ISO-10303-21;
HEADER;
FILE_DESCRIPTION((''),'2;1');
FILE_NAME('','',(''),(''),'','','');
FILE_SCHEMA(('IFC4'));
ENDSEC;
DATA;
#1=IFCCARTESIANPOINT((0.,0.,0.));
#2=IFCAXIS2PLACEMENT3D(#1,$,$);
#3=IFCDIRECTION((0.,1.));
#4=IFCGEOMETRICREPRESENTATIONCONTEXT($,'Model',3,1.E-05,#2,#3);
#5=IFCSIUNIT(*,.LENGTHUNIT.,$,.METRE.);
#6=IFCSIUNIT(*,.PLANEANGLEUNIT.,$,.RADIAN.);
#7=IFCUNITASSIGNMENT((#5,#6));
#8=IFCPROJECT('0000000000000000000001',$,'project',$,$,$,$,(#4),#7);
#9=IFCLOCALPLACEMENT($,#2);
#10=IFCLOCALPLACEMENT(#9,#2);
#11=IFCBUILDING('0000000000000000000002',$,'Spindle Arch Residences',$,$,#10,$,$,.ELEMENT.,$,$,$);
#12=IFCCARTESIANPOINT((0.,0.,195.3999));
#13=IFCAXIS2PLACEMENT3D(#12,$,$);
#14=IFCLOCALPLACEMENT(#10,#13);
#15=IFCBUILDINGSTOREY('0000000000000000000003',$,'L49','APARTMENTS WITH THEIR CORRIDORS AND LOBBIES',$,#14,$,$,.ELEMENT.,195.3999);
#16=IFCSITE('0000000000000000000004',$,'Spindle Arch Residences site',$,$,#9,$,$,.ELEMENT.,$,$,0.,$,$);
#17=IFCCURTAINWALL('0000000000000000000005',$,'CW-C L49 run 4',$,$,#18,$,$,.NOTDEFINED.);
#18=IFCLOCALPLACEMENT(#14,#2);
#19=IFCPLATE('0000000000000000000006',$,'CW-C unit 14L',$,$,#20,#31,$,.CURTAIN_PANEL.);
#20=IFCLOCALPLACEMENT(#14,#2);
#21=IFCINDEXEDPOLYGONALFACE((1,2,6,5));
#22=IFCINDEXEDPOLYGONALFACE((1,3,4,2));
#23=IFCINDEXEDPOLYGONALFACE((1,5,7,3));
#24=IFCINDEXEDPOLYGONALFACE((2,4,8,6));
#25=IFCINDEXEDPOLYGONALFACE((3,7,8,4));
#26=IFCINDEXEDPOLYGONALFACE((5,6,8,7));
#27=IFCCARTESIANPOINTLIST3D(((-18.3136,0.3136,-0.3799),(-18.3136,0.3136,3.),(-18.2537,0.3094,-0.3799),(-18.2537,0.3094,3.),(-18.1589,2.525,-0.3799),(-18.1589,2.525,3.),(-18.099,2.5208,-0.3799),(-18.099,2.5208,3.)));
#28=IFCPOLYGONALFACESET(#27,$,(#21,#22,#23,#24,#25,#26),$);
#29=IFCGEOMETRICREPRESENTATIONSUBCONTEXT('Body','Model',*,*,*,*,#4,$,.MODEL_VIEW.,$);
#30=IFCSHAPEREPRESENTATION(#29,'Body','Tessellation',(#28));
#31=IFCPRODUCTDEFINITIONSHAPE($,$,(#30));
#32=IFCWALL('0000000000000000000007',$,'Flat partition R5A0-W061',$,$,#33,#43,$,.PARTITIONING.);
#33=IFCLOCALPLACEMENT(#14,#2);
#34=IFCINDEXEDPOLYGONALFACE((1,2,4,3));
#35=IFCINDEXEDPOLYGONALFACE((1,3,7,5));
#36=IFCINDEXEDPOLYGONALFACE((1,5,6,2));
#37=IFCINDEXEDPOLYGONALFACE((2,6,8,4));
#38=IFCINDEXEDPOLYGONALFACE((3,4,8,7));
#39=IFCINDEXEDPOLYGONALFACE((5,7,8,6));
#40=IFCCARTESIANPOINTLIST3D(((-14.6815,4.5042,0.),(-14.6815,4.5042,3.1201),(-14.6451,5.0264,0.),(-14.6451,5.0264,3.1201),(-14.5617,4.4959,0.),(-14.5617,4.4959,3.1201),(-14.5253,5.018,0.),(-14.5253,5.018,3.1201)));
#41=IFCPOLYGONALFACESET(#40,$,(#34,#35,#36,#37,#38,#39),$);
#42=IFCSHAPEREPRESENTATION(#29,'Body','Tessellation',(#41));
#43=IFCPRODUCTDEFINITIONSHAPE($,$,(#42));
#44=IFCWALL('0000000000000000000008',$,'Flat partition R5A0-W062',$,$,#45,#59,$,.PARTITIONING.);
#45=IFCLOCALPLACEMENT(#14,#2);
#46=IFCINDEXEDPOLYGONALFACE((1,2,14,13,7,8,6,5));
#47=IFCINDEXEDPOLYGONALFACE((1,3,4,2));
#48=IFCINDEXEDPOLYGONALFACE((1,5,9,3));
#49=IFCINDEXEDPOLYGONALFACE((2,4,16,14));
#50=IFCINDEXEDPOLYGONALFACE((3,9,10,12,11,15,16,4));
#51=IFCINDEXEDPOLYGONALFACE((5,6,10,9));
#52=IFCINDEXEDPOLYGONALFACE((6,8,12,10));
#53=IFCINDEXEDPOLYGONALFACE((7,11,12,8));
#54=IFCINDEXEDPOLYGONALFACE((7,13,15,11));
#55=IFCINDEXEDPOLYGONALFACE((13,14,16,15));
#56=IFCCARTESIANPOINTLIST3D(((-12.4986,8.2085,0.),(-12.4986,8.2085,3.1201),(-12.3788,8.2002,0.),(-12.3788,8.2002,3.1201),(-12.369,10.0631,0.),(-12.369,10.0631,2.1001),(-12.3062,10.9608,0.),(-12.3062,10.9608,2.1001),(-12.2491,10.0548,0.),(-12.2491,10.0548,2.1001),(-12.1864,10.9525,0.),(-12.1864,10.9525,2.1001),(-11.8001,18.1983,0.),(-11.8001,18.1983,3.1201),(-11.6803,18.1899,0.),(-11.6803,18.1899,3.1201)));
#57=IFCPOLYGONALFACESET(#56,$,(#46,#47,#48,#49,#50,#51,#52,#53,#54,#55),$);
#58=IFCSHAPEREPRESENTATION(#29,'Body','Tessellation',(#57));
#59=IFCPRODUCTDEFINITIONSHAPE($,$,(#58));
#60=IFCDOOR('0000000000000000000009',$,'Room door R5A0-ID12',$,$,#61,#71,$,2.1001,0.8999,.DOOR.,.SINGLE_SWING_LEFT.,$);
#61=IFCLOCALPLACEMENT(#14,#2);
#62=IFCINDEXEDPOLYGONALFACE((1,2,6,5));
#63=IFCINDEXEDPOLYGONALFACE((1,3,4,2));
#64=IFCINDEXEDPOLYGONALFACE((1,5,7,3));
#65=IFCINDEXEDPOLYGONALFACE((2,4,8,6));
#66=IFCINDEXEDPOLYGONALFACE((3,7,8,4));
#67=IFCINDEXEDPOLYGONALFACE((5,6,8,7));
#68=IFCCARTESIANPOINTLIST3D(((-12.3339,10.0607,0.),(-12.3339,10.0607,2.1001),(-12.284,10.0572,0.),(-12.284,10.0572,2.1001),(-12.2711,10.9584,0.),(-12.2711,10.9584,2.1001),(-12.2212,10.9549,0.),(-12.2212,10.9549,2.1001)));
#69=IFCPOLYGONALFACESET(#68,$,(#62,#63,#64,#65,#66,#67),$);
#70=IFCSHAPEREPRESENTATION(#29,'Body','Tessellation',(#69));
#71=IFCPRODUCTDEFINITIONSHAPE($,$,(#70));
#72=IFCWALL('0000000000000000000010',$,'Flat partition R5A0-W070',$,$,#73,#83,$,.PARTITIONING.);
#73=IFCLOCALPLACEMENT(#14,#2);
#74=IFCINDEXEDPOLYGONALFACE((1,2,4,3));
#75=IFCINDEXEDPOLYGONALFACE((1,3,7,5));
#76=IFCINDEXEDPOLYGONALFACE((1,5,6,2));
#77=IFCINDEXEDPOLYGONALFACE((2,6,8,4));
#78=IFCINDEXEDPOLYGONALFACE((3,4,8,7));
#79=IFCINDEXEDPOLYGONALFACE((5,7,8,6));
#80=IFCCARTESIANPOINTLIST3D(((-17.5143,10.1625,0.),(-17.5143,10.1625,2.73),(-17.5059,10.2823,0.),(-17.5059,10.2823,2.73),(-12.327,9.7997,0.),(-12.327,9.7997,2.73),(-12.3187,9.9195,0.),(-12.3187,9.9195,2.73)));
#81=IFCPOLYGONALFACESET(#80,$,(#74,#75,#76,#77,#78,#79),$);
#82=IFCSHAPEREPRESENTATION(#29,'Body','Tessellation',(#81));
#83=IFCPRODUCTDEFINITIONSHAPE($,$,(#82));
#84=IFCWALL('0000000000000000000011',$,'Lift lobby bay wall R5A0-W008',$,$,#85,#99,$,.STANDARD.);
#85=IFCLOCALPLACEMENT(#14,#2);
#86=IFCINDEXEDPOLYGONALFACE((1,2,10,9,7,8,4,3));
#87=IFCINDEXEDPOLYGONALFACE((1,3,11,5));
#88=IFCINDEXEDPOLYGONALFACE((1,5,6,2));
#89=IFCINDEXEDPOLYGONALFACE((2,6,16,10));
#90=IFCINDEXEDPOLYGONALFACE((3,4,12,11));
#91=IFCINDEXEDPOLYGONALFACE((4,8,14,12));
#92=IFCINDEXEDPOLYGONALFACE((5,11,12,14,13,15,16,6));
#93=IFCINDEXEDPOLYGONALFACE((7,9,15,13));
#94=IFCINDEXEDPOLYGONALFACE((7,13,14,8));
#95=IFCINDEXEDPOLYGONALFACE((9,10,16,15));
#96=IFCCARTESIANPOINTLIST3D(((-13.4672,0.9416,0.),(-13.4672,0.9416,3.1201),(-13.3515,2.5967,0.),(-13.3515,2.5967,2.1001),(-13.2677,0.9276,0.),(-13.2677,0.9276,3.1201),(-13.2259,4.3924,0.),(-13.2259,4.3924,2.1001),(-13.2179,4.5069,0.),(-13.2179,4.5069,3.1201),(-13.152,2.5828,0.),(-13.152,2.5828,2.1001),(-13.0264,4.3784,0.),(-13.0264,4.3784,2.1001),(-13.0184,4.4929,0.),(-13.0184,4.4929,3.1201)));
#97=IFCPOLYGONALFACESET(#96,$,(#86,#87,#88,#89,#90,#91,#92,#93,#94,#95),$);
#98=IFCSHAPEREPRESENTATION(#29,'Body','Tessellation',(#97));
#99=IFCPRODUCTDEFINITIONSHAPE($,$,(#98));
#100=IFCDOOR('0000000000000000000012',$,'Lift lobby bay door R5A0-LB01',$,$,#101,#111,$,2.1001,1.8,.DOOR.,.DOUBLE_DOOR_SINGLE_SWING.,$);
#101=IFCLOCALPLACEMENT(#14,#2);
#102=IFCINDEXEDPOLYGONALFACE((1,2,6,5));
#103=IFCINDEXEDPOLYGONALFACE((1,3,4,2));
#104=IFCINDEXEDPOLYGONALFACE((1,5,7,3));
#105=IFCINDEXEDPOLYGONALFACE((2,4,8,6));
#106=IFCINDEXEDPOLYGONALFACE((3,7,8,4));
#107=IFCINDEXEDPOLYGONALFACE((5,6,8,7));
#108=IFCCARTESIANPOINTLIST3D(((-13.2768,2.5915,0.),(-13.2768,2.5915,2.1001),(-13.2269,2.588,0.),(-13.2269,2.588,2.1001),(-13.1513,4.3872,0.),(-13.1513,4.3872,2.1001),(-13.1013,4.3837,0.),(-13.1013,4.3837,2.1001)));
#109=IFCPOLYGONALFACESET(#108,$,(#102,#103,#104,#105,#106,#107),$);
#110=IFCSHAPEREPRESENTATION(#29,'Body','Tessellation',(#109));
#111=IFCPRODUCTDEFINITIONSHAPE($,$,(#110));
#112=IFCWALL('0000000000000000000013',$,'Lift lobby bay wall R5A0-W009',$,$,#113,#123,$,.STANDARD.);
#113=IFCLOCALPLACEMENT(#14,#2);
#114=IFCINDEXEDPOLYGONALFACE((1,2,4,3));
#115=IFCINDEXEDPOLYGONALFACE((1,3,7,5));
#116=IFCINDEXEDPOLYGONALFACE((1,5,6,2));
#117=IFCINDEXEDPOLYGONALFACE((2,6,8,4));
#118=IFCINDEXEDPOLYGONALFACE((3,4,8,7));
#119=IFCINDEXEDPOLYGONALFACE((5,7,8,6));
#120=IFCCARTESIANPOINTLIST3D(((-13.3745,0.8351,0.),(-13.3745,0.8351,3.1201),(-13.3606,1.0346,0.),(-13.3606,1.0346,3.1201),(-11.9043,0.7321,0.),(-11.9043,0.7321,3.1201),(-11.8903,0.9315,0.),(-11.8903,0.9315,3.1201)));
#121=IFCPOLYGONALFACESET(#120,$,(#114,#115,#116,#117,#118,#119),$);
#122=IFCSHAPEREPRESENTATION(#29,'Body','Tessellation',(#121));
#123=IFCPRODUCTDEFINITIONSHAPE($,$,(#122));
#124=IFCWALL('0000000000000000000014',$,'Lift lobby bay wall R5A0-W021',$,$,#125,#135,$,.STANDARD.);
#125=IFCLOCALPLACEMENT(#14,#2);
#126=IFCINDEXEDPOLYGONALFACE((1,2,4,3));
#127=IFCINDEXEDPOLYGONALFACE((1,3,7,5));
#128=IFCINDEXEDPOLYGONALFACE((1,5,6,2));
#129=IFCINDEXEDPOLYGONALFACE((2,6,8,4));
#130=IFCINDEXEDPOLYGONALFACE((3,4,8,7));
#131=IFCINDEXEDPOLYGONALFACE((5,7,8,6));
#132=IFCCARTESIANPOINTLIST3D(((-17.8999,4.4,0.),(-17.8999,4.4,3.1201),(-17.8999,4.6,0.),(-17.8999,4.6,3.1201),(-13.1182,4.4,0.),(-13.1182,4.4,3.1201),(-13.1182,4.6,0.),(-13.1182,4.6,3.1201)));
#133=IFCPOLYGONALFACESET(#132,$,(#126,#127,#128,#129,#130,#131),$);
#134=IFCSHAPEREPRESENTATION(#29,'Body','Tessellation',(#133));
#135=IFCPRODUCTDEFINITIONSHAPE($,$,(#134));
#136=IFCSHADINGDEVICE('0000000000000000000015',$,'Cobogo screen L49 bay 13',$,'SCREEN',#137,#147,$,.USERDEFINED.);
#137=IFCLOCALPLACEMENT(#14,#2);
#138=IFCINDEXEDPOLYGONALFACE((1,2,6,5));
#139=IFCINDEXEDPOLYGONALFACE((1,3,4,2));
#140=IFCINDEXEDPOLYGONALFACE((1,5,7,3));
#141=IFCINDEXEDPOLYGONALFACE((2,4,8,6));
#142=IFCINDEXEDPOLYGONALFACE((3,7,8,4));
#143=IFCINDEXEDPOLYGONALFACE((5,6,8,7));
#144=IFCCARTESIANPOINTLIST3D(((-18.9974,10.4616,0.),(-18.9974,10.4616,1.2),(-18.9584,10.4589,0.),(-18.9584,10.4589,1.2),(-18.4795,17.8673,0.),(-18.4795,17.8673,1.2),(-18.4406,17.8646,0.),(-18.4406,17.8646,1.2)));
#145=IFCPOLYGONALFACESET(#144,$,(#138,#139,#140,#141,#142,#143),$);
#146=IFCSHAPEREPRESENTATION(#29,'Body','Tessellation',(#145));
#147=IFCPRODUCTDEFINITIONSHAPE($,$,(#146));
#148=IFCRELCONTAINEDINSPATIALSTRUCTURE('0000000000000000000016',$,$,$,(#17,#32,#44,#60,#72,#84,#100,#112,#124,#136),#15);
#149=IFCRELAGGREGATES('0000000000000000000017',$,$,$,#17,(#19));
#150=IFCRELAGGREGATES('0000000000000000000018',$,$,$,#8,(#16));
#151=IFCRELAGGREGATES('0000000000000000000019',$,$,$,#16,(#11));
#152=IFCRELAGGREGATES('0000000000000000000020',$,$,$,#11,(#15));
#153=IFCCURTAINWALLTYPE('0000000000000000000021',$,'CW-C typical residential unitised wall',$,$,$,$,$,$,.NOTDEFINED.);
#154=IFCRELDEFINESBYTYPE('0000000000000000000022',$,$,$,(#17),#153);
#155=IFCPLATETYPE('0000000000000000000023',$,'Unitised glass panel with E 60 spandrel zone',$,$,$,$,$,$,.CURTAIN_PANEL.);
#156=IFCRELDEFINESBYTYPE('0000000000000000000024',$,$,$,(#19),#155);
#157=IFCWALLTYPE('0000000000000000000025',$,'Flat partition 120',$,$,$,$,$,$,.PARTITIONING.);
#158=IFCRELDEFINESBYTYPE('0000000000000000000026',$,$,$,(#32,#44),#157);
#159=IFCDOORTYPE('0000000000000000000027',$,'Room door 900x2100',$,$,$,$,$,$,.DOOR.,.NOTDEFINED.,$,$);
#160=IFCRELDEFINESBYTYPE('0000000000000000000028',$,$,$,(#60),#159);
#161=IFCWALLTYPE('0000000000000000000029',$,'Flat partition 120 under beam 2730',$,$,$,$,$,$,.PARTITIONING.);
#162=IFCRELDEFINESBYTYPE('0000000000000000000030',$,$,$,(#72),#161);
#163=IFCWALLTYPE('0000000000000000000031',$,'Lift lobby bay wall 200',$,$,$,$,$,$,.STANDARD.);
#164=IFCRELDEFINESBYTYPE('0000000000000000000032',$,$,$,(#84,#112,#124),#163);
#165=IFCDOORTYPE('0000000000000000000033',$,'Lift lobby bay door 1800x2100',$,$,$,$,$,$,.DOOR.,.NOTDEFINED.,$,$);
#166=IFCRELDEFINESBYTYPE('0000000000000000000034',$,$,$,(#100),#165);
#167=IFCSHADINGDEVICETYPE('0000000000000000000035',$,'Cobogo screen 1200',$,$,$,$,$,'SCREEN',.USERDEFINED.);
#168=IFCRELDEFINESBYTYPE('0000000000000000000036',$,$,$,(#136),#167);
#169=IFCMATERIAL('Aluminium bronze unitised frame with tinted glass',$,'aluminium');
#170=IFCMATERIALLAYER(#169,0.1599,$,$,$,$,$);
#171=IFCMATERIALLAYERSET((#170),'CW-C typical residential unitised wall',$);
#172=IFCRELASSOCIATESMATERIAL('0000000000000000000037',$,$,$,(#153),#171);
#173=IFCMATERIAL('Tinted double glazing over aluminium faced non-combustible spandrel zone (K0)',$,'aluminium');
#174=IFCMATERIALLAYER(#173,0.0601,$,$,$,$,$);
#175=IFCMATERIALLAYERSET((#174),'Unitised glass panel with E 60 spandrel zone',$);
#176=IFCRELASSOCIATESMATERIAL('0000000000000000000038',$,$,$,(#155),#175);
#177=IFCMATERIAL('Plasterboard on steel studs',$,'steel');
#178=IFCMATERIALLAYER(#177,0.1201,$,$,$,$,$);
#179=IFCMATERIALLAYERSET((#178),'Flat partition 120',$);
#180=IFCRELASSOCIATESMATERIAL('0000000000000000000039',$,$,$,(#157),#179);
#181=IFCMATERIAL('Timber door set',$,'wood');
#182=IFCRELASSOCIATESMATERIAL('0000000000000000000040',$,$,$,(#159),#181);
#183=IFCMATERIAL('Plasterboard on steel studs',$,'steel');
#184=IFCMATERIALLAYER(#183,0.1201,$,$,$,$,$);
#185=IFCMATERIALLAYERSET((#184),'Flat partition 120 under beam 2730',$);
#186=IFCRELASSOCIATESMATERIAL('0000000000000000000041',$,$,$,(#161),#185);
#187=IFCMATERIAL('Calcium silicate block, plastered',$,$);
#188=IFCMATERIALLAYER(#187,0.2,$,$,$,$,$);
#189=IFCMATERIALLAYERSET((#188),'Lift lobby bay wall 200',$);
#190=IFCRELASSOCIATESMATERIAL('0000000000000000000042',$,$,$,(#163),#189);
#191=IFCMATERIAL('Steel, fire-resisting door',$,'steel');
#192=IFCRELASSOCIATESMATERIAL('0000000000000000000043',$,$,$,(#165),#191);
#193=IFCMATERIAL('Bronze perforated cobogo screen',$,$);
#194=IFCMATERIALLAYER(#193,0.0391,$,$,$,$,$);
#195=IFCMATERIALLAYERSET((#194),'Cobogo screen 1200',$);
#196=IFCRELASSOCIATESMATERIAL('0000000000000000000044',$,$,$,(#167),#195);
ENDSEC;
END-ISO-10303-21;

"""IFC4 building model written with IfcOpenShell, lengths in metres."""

from ifc_helpers import new_model, si_unit, direction, frame, frame_2d, origin, origin_2d, place, context, subcontext, project, spatial, rectangle, extrude, material, layer, layer_set, type_object, element, fill, aggregate, save


model = new_model("IFC4")

# Units and contexts
model_context = context("Model", 3, precision=1e-05, world=origin(), true_north=direction((0.0, 1.0)))
body_context = subcontext(model_context, "Body", "Model", "MODEL_VIEW")
ifc_project = project(units=[si_unit("LENGTHUNIT", "METRE"), si_unit("PLANEANGLEUNIT", "RADIAN")], contexts=[model_context])

# Site, building, storey
site_placement = place(None, origin())
site = spatial("IfcSite", under=ifc_project, at=site_placement, Name="Spindle Arch Residences site", CompositionType="ELEMENT", RefElevation=0.0)
building_placement = place(site_placement, origin())
building = spatial("IfcBuilding", under=site, at=building_placement, Name="Spindle Arch Residences", CompositionType="ELEMENT")
storey_placement = place(building_placement, frame((0.0, 0.0, 195.3999)))
storey = spatial("IfcBuildingStorey", under=building, at=storey_placement, Name="L49", Description="APARTMENTS WITH THEIR CORRIDORS AND LOBBIES", CompositionType="ELEMENT", Elevation=195.3999)

# Curtain wall
ifc_material_1 = material(Name="Aluminium bronze unitised frame with tinted glass", Category="aluminium")
ifc_layer_1 = layer(ifc_material_1, 0.1599)
ifc_layer_set_1 = layer_set([ifc_layer_1], Name="CW-C typical residential unitised wall")
curtain_wall_type = type_object("IfcCurtainWallType", Name="CW-C typical residential unitised wall", PredefinedType="NOTDEFINED", material=ifc_layer_set_1)
curtain_wall_placement = place(storey_placement, origin())
curtain_wall = element("IfcCurtainWall", 1, at=curtain_wall_placement, inside=storey, type_object=curtain_wall_type, Name="CW-C L49 run 4", PredefinedType="NOTDEFINED")

# Plate
ifc_material_2 = material(Name="Tinted double glazing over aluminium faced non-combustible spandrel zone (K0)", Category="aluminium")
ifc_layer_2 = layer(ifc_material_2, 0.0601)
ifc_layer_set_2 = layer_set([ifc_layer_2], Name="Unitised glass panel with E 60 spandrel zone")
plate_type = type_object("IfcPlateType", Name="Unitised glass panel with E 60 spandrel zone", PredefinedType="CURTAIN_PANEL", material=ifc_layer_set_2)
plate_1_placement = place(storey_placement, frame((-18.2063, 1.4172, -0.3799), z_axis=(0.0, 0.0, 1.0), x_axis=(-0.069756, -0.997564, 0.0)))
plate_1 = element("IfcPlate", 2, at=plate_1_placement, type_object=plate_type, Name="CW-C unit 14L", PredefinedType="CURTAIN_PANEL", context=body_context, shape_type="SweptSolid", body=[
    extrude(rectangle(XDim=2.2168, YDim=0.0601, at=origin_2d()), origin(), (0.0, 0.0, 1.0), 3.3799),
])
aggregate(curtain_wall, [plate_1])

# Wall
ifc_material_3 = material(Name="Plasterboard on steel studs", Category="steel")
ifc_layer_3 = layer(ifc_material_3, 0.1201)
ifc_layer_set_3 = layer_set([ifc_layer_3], Name="Flat partition 120")
wall_type_1 = type_object("IfcWallType", Name="Flat partition 120", PredefinedType="PARTITIONING", material=ifc_layer_set_3)
wall_1_placement = place(storey_placement, frame((-14.5852, 5.0222, 0.0), z_axis=(0.0, 0.0, 1.0), x_axis=(-0.06949, -0.997583, 0.0)))
element("IfcWall", 3, at=wall_1_placement, inside=storey, type_object=wall_type_1, Name="Flat partition R5A0-W061", PredefinedType="PARTITIONING", context=body_context, shape_type="SweptSolid", body=[
    extrude(rectangle(XDim=0.5234, YDim=0.1201, at=frame_2d((0.2617, 0.0))), origin(), (0.0, 0.0, 1.0), 3.1201),
])

# Wall, opening, door
wall_2_placement = place(storey_placement, frame((-12.4387, 8.2043, 0.0), z_axis=(0.0, 0.0, 1.0), x_axis=(0.06975, 0.997565, 0.0)))
wall_2 = element("IfcWall", 4, at=wall_2_placement, inside=storey, type_object=wall_type_1, Name="Flat partition R5A0-W062", PredefinedType="PARTITIONING", context=body_context, shape_type="SweptSolid", body=[
    extrude(rectangle(XDim=10.0142, YDim=0.1201, at=frame_2d((5.0071, 0.0))), origin(), (0.0, 0.0, 1.0), 3.1201),
])
opening_1_placement = place(wall_2_placement, frame((1.8591, 0.0, 0.0)))
opening_1 = element("IfcOpeningElement", 5, at=opening_1_placement, cuts=wall_2, PredefinedType="OPENING", context=body_context, shape_type="SweptSolid", body=[
    extrude(rectangle(XDim=0.8999, YDim=2.1001, at=frame_2d((0.45, 1.05))), frame((0.0, 0.0701, 0.0), z_axis=(0.0, -1.0, 0.0), x_axis=(1.0, 0.0, 0.0)), (0.0, 0.0, 1.0), 0.1401),
])
ifc_material_4 = material(Name="Timber door set", Category="wood")
door_type_1 = type_object("IfcDoorType", Name="Room door 900x2100", OperationType="NOTDEFINED", PredefinedType="DOOR", material=ifc_material_4)
door_1_placement = place(opening_1_placement, origin())
door_1 = element("IfcDoor", 6, at=door_1_placement, inside=storey, type_object=door_type_1, Name="Room door R5A0-ID12", OperationType="SINGLE_SWING_LEFT", OverallHeight=2.1001, OverallWidth=0.8999, PredefinedType="DOOR", context=body_context, shape_type="SweptSolid", body=[
    extrude(rectangle(XDim=0.8999, YDim=2.1001, at=frame_2d((0.45, 1.05))), frame((0.0, 0.0249, 0.0), z_axis=(0.0, -1.0, 0.0), x_axis=(1.0, 0.0, 0.0)), (0.0, 0.0, 1.0), 0.05),
])
fill(opening_1, door_1)

# Wall
ifc_material_5 = material(Name="Plasterboard on steel studs", Category="steel")
ifc_layer_4 = layer(ifc_material_5, 0.1201)
ifc_layer_set_4 = layer_set([ifc_layer_4], Name="Flat partition 120 under beam 2730")
wall_type_2 = type_object("IfcWallType", Name="Flat partition 120 under beam 2730", PredefinedType="PARTITIONING", material=ifc_layer_set_4)
wall_3_placement = place(storey_placement, frame((-17.5103, 10.2224, 0.0), z_axis=(0.0, 0.0, 1.0), x_axis=(0.997563, -0.069769, 0.0)))
element("IfcWall", 7, at=wall_3_placement, inside=storey, type_object=wall_type_2, Name="Flat partition R5A0-W070", PredefinedType="PARTITIONING", context=body_context, shape_type="SweptSolid", body=[
    extrude(rectangle(XDim=5.2, YDim=0.1201, at=frame_2d((2.6001, 0.0))), origin(), (0.0, 0.0, 1.0), 2.73),
])

# Wall, opening, door
ifc_material_6 = material(Name="Calcium silicate block, plastered")
ifc_layer_5 = layer(ifc_material_6, 0.2)
ifc_layer_set_5 = layer_set([ifc_layer_5], Name="Lift lobby bay wall 200")
wall_type_3 = type_object("IfcWallType", Name="Lift lobby bay wall 200", PredefinedType="STANDARD", material=ifc_layer_set_5)
wall_4_placement = place(storey_placement, frame((-13.1182, 4.5, 0.0), z_axis=(0.0, 0.0, 1.0), x_axis=(-0.069747, -0.997565, 0.0)))
wall_4 = element("IfcWall", 8, at=wall_4_placement, inside=storey, type_object=wall_type_3, Name="Lift lobby bay wall R5A0-W008", PredefinedType="STANDARD", context=body_context, shape_type="SweptSolid", body=[
    extrude(rectangle(XDim=3.574, YDim=0.2, at=frame_2d((1.7871, 0.0))), origin(), (0.0, 0.0, 1.0), 3.1201),
])
opening_2_placement = place(wall_4_placement, frame((0.115, 0.0, 0.0)))
opening_2 = element("IfcOpeningElement", 9, at=opening_2_placement, cuts=wall_4, PredefinedType="OPENING", context=body_context, shape_type="SweptSolid", body=[
    extrude(rectangle(XDim=1.8, YDim=2.1001, at=frame_2d((0.8999, 1.05))), frame((0.0, 0.1099, 0.0), z_axis=(0.0, -1.0, 0.0), x_axis=(1.0, 0.0, 0.0)), (0.0, 0.0, 1.0), 0.22),
])
ifc_material_7 = material(Name="Steel, fire-resisting door", Category="steel")
door_type_2 = type_object("IfcDoorType", Name="Lift lobby bay door 1800x2100", OperationType="NOTDEFINED", PredefinedType="DOOR", material=ifc_material_7)
door_2_placement = place(opening_2_placement, origin())
door_2 = element("IfcDoor", 10, at=door_2_placement, inside=storey, type_object=door_type_2, Name="Lift lobby bay door R5A0-LB01", OperationType="DOUBLE_DOOR_SINGLE_SWING", OverallHeight=2.1001, OverallWidth=1.8, PredefinedType="DOOR", context=body_context, shape_type="SweptSolid", body=[
    extrude(rectangle(XDim=1.8, YDim=2.1001, at=frame_2d((0.8999, 1.05))), frame((0.0, 0.0249, 0.0), z_axis=(0.0, -1.0, 0.0), x_axis=(1.0, 0.0, 0.0)), (0.0, 0.0, 1.0), 0.05),
])
fill(opening_2, door_2)

# Walls
wall_5_placement = place(storey_placement, frame((-13.3674, 0.9348, 0.0), z_axis=(0.0, 0.0, 1.0), x_axis=(0.997554, -0.069905, 0.0)))
element("IfcWall", 11, at=wall_5_placement, inside=storey, type_object=wall_type_3, Name="Lift lobby bay wall R5A0-W009", PredefinedType="STANDARD", context=body_context, shape_type="SweptSolid", body=[
    extrude(rectangle(XDim=1.4739, YDim=0.2, at=frame_2d((0.7368, 0.0))), origin(), (0.0, 0.0, 1.0), 3.1201),
])
wall_6_placement = place(storey_placement, frame((-13.1182, 4.5, 0.0), z_axis=(0.0, 0.0, 1.0), x_axis=(-1.0, 0.0, 0.0)))
element("IfcWall", 12, at=wall_6_placement, inside=storey, type_object=wall_type_3, Name="Lift lobby bay wall R5A0-W021", PredefinedType="STANDARD", context=body_context, shape_type="SweptSolid", body=[
    extrude(rectangle(XDim=4.7817, YDim=0.2, at=frame_2d((2.3909, 0.0))), origin(), (0.0, 0.0, 1.0), 3.1201),
])

# Shading device
ifc_material_8 = material(Name="Bronze perforated cobogo screen")
ifc_layer_6 = layer(ifc_material_8, 0.0391)
ifc_layer_set_6 = layer_set([ifc_layer_6], Name="Cobogo screen 1200")
shading_device_type = type_object("IfcShadingDeviceType", Name="Cobogo screen 1200", ElementType="SCREEN", PredefinedType="USERDEFINED", material=ifc_layer_set_6)
shading_device_placement = place(storey_placement, frame((-18.719, 14.1631, 0.0), z_axis=(0.0, 0.0, 1.0), x_axis=(-0.069756, -0.997564, 0.0)))
element("IfcShadingDevice", 13, at=shading_device_placement, inside=storey, type_object=shading_device_type, Name="Cobogo screen L49 bay 13", ObjectType="SCREEN", PredefinedType="USERDEFINED", context=body_context, shape_type="SweptSolid", body=[
    extrude(rectangle(XDim=7.4238, YDim=0.0391, at=origin_2d()), origin(), (0.0, 0.0, 1.0), 1.2),
])

save(model, "model.ifc")
